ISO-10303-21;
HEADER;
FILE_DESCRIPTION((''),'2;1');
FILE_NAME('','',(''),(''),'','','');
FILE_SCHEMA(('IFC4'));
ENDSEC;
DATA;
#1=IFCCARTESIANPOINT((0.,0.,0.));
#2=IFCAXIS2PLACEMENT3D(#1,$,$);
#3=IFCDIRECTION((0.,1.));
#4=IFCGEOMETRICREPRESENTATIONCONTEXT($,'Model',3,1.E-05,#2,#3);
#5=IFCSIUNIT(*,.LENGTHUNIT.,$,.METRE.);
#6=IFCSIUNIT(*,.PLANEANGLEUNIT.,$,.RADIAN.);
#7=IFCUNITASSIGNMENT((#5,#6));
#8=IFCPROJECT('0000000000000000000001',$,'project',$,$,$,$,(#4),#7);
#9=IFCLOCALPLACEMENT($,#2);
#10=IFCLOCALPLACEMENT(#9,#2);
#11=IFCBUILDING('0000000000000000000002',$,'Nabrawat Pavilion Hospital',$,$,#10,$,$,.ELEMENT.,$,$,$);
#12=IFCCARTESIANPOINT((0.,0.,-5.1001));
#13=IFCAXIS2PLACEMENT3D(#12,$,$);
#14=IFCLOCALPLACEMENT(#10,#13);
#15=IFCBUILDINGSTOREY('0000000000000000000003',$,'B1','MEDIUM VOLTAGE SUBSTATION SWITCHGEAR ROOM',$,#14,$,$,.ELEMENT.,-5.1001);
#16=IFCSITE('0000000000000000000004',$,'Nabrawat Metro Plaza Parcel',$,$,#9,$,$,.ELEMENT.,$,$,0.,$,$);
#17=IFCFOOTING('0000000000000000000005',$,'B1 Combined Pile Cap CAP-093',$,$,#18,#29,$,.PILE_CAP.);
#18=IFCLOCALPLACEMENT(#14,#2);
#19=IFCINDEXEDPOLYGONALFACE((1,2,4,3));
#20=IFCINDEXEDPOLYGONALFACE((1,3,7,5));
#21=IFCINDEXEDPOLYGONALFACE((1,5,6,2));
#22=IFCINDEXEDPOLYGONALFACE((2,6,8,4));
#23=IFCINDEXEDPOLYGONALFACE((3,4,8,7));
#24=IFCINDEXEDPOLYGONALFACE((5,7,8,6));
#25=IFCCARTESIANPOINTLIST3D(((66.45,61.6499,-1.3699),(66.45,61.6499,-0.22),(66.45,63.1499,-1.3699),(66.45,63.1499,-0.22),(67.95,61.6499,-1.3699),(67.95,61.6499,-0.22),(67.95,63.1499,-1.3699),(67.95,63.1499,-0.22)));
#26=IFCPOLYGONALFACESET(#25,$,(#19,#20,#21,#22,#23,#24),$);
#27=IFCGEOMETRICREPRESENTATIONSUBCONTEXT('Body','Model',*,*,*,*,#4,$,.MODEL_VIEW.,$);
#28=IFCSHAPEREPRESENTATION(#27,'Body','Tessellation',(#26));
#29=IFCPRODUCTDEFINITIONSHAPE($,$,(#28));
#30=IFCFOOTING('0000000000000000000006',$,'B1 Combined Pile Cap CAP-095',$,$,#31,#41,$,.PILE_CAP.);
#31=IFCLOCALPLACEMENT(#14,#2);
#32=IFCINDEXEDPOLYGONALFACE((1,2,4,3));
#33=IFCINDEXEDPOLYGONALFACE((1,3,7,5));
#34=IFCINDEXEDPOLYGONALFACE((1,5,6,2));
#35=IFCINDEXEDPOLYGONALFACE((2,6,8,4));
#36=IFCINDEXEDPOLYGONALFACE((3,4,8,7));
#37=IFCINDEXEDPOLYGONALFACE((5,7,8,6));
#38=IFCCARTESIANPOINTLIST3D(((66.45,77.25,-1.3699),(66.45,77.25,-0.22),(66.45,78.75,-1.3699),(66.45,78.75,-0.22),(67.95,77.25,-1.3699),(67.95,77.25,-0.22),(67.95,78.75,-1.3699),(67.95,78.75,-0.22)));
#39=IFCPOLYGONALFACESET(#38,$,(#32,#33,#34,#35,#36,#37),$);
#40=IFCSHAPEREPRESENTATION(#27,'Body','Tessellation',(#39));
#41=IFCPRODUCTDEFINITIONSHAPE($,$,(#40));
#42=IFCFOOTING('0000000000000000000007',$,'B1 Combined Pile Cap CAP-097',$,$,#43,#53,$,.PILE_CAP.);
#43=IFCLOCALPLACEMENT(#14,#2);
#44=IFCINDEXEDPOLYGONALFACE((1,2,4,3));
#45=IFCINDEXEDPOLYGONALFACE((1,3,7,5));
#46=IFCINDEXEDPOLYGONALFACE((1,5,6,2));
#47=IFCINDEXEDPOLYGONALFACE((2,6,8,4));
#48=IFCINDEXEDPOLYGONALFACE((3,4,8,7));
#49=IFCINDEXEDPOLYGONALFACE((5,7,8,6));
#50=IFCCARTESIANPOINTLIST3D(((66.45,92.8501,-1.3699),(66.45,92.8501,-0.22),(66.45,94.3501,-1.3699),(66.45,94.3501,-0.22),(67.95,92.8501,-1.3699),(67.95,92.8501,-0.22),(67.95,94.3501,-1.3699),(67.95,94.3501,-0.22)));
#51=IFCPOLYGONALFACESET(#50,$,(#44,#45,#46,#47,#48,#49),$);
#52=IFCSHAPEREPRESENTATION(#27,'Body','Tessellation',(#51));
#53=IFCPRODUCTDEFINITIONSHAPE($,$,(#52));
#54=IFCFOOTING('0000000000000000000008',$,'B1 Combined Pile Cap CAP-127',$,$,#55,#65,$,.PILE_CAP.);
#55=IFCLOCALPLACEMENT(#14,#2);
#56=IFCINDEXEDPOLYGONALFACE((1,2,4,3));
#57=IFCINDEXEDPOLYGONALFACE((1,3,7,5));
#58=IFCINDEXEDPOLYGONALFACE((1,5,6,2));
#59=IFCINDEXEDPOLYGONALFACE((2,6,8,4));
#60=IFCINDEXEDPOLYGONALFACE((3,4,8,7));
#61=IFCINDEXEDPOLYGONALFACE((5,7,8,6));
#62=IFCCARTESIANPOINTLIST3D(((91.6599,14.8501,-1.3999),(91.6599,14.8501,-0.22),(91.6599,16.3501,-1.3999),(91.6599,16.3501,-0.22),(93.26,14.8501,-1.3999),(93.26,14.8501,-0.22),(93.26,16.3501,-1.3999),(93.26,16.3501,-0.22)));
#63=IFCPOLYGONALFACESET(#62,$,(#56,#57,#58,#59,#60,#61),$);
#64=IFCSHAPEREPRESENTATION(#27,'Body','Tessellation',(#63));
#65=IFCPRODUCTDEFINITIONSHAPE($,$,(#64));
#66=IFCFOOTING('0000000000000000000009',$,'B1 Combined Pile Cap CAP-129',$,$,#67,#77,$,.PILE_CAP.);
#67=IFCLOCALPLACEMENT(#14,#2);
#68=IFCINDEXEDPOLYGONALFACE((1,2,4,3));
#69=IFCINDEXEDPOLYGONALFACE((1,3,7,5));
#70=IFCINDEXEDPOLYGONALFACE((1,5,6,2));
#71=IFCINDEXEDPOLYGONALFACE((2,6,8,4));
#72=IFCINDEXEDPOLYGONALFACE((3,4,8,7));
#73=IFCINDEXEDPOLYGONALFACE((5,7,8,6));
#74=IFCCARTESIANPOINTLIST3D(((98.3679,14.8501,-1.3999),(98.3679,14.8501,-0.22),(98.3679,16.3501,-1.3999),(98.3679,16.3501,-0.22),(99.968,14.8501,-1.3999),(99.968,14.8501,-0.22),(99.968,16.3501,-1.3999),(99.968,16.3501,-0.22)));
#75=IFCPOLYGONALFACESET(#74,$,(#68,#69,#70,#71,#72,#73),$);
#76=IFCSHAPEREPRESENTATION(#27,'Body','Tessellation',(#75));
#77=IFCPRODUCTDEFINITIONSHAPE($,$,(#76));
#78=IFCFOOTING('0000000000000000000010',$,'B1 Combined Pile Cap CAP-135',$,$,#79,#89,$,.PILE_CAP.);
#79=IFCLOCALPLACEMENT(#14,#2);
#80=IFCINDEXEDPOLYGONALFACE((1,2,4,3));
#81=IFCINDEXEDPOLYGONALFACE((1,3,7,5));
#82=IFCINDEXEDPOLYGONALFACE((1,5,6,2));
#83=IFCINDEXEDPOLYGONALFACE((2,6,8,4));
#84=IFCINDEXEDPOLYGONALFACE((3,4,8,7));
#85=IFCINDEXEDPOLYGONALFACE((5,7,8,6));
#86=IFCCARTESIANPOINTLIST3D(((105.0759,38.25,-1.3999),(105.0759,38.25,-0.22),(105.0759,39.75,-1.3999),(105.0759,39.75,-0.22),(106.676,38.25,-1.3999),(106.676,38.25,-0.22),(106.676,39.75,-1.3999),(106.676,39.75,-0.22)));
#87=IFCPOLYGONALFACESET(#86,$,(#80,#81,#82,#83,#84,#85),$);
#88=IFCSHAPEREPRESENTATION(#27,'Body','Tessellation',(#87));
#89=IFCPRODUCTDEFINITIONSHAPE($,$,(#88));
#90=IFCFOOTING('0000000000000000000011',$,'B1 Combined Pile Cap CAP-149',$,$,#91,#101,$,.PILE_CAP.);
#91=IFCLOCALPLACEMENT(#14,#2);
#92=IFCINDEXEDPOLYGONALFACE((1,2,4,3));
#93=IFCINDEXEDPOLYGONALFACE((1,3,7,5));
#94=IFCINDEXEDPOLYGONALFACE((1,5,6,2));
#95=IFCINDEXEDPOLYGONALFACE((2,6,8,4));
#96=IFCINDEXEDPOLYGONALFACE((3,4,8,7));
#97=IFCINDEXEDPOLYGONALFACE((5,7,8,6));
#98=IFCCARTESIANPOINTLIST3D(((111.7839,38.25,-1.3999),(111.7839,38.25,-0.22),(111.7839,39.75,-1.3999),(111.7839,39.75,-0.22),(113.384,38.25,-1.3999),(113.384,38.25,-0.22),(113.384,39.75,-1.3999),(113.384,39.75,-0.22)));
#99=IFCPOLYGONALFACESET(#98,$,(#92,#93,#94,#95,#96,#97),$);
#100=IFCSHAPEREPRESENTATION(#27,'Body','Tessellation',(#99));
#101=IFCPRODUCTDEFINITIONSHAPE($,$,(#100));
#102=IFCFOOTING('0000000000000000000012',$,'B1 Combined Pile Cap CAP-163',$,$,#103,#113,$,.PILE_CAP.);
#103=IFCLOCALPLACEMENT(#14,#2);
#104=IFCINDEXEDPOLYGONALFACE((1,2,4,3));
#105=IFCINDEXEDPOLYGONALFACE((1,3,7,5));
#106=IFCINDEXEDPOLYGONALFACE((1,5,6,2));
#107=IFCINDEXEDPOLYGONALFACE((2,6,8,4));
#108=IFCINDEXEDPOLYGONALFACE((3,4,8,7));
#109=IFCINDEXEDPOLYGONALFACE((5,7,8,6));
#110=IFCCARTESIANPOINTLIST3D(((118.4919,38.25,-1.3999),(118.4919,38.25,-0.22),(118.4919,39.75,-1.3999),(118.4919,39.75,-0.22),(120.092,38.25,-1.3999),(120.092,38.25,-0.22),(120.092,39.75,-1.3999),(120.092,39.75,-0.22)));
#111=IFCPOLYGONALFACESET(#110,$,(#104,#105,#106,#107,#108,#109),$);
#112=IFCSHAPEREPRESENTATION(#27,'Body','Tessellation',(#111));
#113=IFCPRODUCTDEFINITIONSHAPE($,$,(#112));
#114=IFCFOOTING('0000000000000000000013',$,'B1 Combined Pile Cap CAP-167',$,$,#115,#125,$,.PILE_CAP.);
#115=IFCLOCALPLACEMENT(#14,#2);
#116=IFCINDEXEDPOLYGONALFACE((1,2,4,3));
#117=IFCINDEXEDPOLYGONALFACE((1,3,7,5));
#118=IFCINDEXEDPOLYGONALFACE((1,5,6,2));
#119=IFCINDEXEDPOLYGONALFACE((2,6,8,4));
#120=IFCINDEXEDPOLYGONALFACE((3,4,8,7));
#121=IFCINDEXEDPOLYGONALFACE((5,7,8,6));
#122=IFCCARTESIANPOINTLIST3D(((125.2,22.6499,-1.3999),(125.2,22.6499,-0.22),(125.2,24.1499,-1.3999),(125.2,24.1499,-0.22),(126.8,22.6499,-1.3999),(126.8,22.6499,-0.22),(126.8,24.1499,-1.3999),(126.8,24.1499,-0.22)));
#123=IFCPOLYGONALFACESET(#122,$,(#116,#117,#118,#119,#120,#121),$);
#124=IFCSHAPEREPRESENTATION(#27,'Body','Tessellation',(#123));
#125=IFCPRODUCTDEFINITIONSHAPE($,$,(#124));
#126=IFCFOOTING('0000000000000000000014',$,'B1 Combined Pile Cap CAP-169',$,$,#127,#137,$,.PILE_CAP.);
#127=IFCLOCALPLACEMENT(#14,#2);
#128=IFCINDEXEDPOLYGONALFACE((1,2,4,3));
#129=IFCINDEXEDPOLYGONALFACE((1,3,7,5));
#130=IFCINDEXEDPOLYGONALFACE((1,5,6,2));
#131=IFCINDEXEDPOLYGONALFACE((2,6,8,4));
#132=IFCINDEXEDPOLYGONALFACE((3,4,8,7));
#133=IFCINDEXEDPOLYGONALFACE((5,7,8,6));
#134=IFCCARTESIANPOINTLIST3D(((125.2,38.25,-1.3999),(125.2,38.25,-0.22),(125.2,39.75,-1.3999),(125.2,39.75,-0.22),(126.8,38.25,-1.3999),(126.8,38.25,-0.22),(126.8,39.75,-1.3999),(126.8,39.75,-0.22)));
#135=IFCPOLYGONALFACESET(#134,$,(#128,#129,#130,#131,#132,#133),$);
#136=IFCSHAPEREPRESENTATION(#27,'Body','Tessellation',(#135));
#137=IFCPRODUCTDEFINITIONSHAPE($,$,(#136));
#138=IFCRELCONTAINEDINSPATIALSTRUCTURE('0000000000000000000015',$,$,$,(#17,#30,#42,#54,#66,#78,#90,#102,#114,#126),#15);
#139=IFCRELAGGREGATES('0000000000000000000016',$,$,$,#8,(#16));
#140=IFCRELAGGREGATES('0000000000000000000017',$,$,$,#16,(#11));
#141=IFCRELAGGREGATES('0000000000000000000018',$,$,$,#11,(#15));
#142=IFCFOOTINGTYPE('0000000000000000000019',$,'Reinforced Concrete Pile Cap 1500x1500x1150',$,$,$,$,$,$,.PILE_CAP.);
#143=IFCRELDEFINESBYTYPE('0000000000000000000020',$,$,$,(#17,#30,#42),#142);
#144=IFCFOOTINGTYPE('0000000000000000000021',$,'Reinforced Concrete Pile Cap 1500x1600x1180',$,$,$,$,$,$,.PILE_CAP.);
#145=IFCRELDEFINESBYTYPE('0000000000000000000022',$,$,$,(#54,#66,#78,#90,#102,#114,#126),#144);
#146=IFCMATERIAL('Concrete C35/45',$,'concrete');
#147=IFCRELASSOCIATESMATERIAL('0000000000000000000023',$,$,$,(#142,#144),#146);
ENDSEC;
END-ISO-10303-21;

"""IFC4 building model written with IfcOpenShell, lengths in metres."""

from ifc_helpers import new_model, si_unit, direction, frame, origin, place, context, subcontext, project, spatial, polyline, outline, extrude, material, type_object, element, save


model = new_model("IFC4")

# Units and contexts
model_context = context("Model", 3, precision=1e-05, world=origin(), true_north=direction((0.0, 1.0)))
body_context = subcontext(model_context, "Body", "Model", "MODEL_VIEW")
ifc_project = project(units=[si_unit("LENGTHUNIT", "METRE"), si_unit("PLANEANGLEUNIT", "RADIAN")], contexts=[model_context])

# Site, building, storey
site_placement = place(None, origin())
site = spatial("IfcSite", under=ifc_project, at=site_placement, Name="Nabrawat Metro Plaza Parcel", CompositionType="ELEMENT", RefElevation=0.0)
building_placement = place(site_placement, origin())
building = spatial("IfcBuilding", under=site, at=building_placement, Name="Nabrawat Pavilion Hospital", CompositionType="ELEMENT")
storey_placement = place(building_placement, frame((0.0, 0.0, -5.1001)))
storey = spatial("IfcBuildingStorey", under=building, at=storey_placement, Name="B1", Description="MEDIUM VOLTAGE SUBSTATION SWITCHGEAR ROOM", CompositionType="ELEMENT", Elevation=-5.1001)

# Footings
ifc_material = material(Name="Concrete C35/45", Category="concrete")
footing_type_1 = type_object("IfcFootingType", Name="Reinforced Concrete Pile Cap 1500x1500x1150", PredefinedType="PILE_CAP", material=ifc_material)
footing_1_placement = place(storey_placement, frame((0.0, 0.0, -1.3699)))
element("IfcFooting", 1, at=footing_1_placement, inside=storey, type_object=footing_type_1, Name="B1 Combined Pile Cap CAP-093", PredefinedType="PILE_CAP", context=body_context, shape_type="SweptSolid", body=[
    extrude(outline(polyline([(67.95, 61.6499), (67.95, 63.1499), (66.45, 63.1499), (66.45, 61.6499), (67.95, 61.6499)])), origin(), (0.0, 0.0, 1.0), 1.1499),
])
footing_2_placement = place(storey_placement, frame((0.0, 0.0, -1.3699)))
element("IfcFooting", 2, at=footing_2_placement, inside=storey, type_object=footing_type_1, Name="B1 Combined Pile Cap CAP-095", PredefinedType="PILE_CAP", context=body_context, shape_type="SweptSolid", body=[
    extrude(outline(polyline([(67.95, 77.25), (67.95, 78.75), (66.45, 78.75), (66.45, 77.25), (67.95, 77.25)])), origin(), (0.0, 0.0, 1.0), 1.1499),
])
footing_3_placement = place(storey_placement, frame((0.0, 0.0, -1.3699)))
element("IfcFooting", 3, at=footing_3_placement, inside=storey, type_object=footing_type_1, Name="B1 Combined Pile Cap CAP-097", PredefinedType="PILE_CAP", context=body_context, shape_type="SweptSolid", body=[
    extrude(outline(polyline([(67.95, 92.8501), (67.95, 94.3501), (66.45, 94.3501), (66.45, 92.8501), (67.95, 92.8501)])), origin(), (0.0, 0.0, 1.0), 1.1499),
])
footing_type_2 = type_object("IfcFootingType", Name="Reinforced Concrete Pile Cap 1500x1600x1180", PredefinedType="PILE_CAP", material=ifc_material)
footing_4_placement = place(storey_placement, frame((0.0, 0.0, -1.3999)))
element("IfcFooting", 4, at=footing_4_placement, inside=storey, type_object=footing_type_2, Name="B1 Combined Pile Cap CAP-127", PredefinedType="PILE_CAP", context=body_context, shape_type="SweptSolid", body=[
    extrude(outline(polyline([(93.26, 14.8501), (93.26, 16.3501), (91.6599, 16.3501), (91.6599, 14.8501), (93.26, 14.8501)])), origin(), (0.0, 0.0, 1.0), 1.1799),
])
footing_5_placement = place(storey_placement, frame((0.0, 0.0, -1.3999)))
element("IfcFooting", 5, at=footing_5_placement, inside=storey, type_object=footing_type_2, Name="B1 Combined Pile Cap CAP-129", PredefinedType="PILE_CAP", context=body_context, shape_type="SweptSolid", body=[
    extrude(outline(polyline([(99.968, 14.8501), (99.968, 16.3501), (98.3679, 16.3501), (98.3679, 14.8501), (99.968, 14.8501)])), origin(), (0.0, 0.0, 1.0), 1.1799),
])
footing_6_placement = place(storey_placement, frame((0.0, 0.0, -1.3999)))
element("IfcFooting", 6, at=footing_6_placement, inside=storey, type_object=footing_type_2, Name="B1 Combined Pile Cap CAP-135", PredefinedType="PILE_CAP", context=body_context, shape_type="SweptSolid", body=[
    extrude(outline(polyline([(106.676, 38.25), (106.676, 39.75), (105.0759, 39.75), (105.0759, 38.25), (106.676, 38.25)])), origin(), (0.0, 0.0, 1.0), 1.1799),
])
footing_7_placement = place(storey_placement, frame((0.0, 0.0, -1.3999)))
element("IfcFooting", 7, at=footing_7_placement, inside=storey, type_object=footing_type_2, Name="B1 Combined Pile Cap CAP-149", PredefinedType="PILE_CAP", context=body_context, shape_type="SweptSolid", body=[
    extrude(outline(polyline([(113.384, 38.25), (113.384, 39.75), (111.7839, 39.75), (111.7839, 38.25), (113.384, 38.25)])), origin(), (0.0, 0.0, 1.0), 1.1799),
])
footing_8_placement = place(storey_placement, frame((0.0, 0.0, -1.3999)))
element("IfcFooting", 8, at=footing_8_placement, inside=storey, type_object=footing_type_2, Name="B1 Combined Pile Cap CAP-163", PredefinedType="PILE_CAP", context=body_context, shape_type="SweptSolid", body=[
    extrude(outline(polyline([(120.092, 38.25), (120.092, 39.75), (118.4919, 39.75), (118.4919, 38.25), (120.092, 38.25)])), origin(), (0.0, 0.0, 1.0), 1.1799),
])
footing_9_placement = place(storey_placement, frame((0.0, 0.0, -1.3999)))
element("IfcFooting", 9, at=footing_9_placement, inside=storey, type_object=footing_type_2, Name="B1 Combined Pile Cap CAP-167", PredefinedType="PILE_CAP", context=body_context, shape_type="SweptSolid", body=[
    extrude(outline(polyline([(126.8, 22.6499), (126.8, 24.1499), (125.2, 24.1499), (125.2, 22.6499), (126.8, 22.6499)])), origin(), (0.0, 0.0, 1.0), 1.1799),
])
footing_10_placement = place(storey_placement, frame((0.0, 0.0, -1.3999)))
element("IfcFooting", 10, at=footing_10_placement, inside=storey, type_object=footing_type_2, Name="B1 Combined Pile Cap CAP-169", PredefinedType="PILE_CAP", context=body_context, shape_type="SweptSolid", body=[
    extrude(outline(polyline([(126.8, 38.25), (126.8, 39.75), (125.2, 39.75), (125.2, 38.25), (126.8, 38.25)])), origin(), (0.0, 0.0, 1.0), 1.1799),
])

save(model, "model.ifc")
